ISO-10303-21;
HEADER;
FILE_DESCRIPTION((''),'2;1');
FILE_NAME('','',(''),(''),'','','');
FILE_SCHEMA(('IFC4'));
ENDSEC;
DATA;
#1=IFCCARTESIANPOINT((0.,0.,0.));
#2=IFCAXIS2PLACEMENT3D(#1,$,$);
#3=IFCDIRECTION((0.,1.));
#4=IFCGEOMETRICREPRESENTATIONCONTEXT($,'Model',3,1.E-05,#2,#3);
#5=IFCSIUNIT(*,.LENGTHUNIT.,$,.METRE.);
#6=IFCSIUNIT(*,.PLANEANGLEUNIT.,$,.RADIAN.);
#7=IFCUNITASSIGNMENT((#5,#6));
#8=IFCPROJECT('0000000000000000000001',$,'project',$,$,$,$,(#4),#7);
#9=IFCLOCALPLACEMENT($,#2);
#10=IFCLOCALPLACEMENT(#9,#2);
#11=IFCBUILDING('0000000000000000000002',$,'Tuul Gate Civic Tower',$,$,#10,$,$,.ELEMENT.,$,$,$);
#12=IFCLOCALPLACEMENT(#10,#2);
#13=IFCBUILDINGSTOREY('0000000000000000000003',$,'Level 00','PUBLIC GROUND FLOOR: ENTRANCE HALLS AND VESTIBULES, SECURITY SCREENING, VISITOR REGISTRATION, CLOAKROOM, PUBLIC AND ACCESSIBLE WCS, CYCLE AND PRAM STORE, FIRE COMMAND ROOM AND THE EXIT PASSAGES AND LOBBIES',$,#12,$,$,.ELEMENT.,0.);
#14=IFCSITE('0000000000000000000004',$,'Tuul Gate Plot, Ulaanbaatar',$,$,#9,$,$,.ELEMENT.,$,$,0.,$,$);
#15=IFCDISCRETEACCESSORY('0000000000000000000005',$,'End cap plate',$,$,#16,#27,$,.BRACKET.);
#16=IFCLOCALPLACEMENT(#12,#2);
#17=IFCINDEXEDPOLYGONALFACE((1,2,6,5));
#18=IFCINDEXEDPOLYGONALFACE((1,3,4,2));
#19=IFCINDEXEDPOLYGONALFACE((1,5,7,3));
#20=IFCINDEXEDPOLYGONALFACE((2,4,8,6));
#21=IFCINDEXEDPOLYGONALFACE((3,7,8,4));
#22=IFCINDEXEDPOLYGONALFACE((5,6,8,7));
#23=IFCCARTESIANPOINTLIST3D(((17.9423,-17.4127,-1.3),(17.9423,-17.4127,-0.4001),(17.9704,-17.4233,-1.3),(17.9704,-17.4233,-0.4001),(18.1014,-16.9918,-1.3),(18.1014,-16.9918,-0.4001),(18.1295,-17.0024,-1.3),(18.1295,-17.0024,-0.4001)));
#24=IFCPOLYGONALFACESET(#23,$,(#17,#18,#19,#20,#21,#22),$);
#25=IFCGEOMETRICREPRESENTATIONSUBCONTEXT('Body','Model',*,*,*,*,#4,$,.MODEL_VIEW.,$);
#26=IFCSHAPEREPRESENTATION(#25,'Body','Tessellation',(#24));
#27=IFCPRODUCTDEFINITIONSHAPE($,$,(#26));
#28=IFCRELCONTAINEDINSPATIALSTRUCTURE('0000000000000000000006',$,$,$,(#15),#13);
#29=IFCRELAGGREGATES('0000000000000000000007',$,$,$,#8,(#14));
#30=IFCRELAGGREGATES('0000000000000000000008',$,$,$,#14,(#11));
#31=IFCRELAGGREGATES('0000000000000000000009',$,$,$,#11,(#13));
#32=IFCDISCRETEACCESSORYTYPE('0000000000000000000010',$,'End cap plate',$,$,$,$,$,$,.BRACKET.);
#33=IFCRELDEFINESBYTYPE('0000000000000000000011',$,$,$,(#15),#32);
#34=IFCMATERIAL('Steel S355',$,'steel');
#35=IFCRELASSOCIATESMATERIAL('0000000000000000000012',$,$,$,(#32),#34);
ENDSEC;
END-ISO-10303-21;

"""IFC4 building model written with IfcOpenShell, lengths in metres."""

from ifc_helpers import new_model, si_unit, direction, frame, origin, origin_2d, place, context, subcontext, project, spatial, rectangle, extrude, material, type_object, element, save


model = new_model("IFC4")

# Units and contexts
model_context = context("Model", 3, precision=1e-05, world=origin(), true_north=direction((0.0, 1.0)))
body_context = subcontext(model_context, "Body", "Model", "MODEL_VIEW")
ifc_project = project(units=[si_unit("LENGTHUNIT", "METRE"), si_unit("PLANEANGLEUNIT", "RADIAN")], contexts=[model_context])

# Site, building, storey
site_placement = place(None, origin())
site = spatial("IfcSite", under=ifc_project, at=site_placement, Name="Tuul Gate Plot, Ulaanbaatar", CompositionType="ELEMENT", RefElevation=0.0)
building_placement = place(site_placement, origin())
building = spatial("IfcBuilding", under=site, at=building_placement, Name="Tuul Gate Civic Tower", CompositionType="ELEMENT")
storey_placement = place(building_placement, origin())
storey = spatial("IfcBuildingStorey", under=building, at=storey_placement, Name="Level 00", Description="PUBLIC GROUND FLOOR: ENTRANCE HALLS AND VESTIBULES, SECURITY SCREENING, VISITOR REGISTRATION, CLOAKROOM, PUBLIC AND ACCESSIBLE WCS, CYCLE AND PRAM STORE, FIRE COMMAND ROOM AND THE EXIT PASSAGES AND LOBBIES", CompositionType="ELEMENT", Elevation=0.0)

# Discrete accessory
ifc_material_1 = material(Name="Steel S355", Category="steel")
discrete_accessory_type = type_object("IfcDiscreteAccessoryType", Name="End cap plate", PredefinedType="BRACKET", material=ifc_material_1)
discrete_accessory_placement = place(storey_placement, frame((18.0359, -17.2075, -1.3), z_axis=(0.0, 0.0, 1.0), x_axis=(0.935397, -0.3536, 0.0)))
element("IfcDiscreteAccessory", 1, at=discrete_accessory_placement, inside=storey, type_object=discrete_accessory_type, Name="End cap plate", PredefinedType="BRACKET", context=body_context, shape_type="SweptSolid", body=[
    extrude(rectangle(XDim=0.03, YDim=0.45, at=origin_2d()), origin(), (0.0, 0.0, 1.0), 0.8999),
])

save(model, "model.ifc")
